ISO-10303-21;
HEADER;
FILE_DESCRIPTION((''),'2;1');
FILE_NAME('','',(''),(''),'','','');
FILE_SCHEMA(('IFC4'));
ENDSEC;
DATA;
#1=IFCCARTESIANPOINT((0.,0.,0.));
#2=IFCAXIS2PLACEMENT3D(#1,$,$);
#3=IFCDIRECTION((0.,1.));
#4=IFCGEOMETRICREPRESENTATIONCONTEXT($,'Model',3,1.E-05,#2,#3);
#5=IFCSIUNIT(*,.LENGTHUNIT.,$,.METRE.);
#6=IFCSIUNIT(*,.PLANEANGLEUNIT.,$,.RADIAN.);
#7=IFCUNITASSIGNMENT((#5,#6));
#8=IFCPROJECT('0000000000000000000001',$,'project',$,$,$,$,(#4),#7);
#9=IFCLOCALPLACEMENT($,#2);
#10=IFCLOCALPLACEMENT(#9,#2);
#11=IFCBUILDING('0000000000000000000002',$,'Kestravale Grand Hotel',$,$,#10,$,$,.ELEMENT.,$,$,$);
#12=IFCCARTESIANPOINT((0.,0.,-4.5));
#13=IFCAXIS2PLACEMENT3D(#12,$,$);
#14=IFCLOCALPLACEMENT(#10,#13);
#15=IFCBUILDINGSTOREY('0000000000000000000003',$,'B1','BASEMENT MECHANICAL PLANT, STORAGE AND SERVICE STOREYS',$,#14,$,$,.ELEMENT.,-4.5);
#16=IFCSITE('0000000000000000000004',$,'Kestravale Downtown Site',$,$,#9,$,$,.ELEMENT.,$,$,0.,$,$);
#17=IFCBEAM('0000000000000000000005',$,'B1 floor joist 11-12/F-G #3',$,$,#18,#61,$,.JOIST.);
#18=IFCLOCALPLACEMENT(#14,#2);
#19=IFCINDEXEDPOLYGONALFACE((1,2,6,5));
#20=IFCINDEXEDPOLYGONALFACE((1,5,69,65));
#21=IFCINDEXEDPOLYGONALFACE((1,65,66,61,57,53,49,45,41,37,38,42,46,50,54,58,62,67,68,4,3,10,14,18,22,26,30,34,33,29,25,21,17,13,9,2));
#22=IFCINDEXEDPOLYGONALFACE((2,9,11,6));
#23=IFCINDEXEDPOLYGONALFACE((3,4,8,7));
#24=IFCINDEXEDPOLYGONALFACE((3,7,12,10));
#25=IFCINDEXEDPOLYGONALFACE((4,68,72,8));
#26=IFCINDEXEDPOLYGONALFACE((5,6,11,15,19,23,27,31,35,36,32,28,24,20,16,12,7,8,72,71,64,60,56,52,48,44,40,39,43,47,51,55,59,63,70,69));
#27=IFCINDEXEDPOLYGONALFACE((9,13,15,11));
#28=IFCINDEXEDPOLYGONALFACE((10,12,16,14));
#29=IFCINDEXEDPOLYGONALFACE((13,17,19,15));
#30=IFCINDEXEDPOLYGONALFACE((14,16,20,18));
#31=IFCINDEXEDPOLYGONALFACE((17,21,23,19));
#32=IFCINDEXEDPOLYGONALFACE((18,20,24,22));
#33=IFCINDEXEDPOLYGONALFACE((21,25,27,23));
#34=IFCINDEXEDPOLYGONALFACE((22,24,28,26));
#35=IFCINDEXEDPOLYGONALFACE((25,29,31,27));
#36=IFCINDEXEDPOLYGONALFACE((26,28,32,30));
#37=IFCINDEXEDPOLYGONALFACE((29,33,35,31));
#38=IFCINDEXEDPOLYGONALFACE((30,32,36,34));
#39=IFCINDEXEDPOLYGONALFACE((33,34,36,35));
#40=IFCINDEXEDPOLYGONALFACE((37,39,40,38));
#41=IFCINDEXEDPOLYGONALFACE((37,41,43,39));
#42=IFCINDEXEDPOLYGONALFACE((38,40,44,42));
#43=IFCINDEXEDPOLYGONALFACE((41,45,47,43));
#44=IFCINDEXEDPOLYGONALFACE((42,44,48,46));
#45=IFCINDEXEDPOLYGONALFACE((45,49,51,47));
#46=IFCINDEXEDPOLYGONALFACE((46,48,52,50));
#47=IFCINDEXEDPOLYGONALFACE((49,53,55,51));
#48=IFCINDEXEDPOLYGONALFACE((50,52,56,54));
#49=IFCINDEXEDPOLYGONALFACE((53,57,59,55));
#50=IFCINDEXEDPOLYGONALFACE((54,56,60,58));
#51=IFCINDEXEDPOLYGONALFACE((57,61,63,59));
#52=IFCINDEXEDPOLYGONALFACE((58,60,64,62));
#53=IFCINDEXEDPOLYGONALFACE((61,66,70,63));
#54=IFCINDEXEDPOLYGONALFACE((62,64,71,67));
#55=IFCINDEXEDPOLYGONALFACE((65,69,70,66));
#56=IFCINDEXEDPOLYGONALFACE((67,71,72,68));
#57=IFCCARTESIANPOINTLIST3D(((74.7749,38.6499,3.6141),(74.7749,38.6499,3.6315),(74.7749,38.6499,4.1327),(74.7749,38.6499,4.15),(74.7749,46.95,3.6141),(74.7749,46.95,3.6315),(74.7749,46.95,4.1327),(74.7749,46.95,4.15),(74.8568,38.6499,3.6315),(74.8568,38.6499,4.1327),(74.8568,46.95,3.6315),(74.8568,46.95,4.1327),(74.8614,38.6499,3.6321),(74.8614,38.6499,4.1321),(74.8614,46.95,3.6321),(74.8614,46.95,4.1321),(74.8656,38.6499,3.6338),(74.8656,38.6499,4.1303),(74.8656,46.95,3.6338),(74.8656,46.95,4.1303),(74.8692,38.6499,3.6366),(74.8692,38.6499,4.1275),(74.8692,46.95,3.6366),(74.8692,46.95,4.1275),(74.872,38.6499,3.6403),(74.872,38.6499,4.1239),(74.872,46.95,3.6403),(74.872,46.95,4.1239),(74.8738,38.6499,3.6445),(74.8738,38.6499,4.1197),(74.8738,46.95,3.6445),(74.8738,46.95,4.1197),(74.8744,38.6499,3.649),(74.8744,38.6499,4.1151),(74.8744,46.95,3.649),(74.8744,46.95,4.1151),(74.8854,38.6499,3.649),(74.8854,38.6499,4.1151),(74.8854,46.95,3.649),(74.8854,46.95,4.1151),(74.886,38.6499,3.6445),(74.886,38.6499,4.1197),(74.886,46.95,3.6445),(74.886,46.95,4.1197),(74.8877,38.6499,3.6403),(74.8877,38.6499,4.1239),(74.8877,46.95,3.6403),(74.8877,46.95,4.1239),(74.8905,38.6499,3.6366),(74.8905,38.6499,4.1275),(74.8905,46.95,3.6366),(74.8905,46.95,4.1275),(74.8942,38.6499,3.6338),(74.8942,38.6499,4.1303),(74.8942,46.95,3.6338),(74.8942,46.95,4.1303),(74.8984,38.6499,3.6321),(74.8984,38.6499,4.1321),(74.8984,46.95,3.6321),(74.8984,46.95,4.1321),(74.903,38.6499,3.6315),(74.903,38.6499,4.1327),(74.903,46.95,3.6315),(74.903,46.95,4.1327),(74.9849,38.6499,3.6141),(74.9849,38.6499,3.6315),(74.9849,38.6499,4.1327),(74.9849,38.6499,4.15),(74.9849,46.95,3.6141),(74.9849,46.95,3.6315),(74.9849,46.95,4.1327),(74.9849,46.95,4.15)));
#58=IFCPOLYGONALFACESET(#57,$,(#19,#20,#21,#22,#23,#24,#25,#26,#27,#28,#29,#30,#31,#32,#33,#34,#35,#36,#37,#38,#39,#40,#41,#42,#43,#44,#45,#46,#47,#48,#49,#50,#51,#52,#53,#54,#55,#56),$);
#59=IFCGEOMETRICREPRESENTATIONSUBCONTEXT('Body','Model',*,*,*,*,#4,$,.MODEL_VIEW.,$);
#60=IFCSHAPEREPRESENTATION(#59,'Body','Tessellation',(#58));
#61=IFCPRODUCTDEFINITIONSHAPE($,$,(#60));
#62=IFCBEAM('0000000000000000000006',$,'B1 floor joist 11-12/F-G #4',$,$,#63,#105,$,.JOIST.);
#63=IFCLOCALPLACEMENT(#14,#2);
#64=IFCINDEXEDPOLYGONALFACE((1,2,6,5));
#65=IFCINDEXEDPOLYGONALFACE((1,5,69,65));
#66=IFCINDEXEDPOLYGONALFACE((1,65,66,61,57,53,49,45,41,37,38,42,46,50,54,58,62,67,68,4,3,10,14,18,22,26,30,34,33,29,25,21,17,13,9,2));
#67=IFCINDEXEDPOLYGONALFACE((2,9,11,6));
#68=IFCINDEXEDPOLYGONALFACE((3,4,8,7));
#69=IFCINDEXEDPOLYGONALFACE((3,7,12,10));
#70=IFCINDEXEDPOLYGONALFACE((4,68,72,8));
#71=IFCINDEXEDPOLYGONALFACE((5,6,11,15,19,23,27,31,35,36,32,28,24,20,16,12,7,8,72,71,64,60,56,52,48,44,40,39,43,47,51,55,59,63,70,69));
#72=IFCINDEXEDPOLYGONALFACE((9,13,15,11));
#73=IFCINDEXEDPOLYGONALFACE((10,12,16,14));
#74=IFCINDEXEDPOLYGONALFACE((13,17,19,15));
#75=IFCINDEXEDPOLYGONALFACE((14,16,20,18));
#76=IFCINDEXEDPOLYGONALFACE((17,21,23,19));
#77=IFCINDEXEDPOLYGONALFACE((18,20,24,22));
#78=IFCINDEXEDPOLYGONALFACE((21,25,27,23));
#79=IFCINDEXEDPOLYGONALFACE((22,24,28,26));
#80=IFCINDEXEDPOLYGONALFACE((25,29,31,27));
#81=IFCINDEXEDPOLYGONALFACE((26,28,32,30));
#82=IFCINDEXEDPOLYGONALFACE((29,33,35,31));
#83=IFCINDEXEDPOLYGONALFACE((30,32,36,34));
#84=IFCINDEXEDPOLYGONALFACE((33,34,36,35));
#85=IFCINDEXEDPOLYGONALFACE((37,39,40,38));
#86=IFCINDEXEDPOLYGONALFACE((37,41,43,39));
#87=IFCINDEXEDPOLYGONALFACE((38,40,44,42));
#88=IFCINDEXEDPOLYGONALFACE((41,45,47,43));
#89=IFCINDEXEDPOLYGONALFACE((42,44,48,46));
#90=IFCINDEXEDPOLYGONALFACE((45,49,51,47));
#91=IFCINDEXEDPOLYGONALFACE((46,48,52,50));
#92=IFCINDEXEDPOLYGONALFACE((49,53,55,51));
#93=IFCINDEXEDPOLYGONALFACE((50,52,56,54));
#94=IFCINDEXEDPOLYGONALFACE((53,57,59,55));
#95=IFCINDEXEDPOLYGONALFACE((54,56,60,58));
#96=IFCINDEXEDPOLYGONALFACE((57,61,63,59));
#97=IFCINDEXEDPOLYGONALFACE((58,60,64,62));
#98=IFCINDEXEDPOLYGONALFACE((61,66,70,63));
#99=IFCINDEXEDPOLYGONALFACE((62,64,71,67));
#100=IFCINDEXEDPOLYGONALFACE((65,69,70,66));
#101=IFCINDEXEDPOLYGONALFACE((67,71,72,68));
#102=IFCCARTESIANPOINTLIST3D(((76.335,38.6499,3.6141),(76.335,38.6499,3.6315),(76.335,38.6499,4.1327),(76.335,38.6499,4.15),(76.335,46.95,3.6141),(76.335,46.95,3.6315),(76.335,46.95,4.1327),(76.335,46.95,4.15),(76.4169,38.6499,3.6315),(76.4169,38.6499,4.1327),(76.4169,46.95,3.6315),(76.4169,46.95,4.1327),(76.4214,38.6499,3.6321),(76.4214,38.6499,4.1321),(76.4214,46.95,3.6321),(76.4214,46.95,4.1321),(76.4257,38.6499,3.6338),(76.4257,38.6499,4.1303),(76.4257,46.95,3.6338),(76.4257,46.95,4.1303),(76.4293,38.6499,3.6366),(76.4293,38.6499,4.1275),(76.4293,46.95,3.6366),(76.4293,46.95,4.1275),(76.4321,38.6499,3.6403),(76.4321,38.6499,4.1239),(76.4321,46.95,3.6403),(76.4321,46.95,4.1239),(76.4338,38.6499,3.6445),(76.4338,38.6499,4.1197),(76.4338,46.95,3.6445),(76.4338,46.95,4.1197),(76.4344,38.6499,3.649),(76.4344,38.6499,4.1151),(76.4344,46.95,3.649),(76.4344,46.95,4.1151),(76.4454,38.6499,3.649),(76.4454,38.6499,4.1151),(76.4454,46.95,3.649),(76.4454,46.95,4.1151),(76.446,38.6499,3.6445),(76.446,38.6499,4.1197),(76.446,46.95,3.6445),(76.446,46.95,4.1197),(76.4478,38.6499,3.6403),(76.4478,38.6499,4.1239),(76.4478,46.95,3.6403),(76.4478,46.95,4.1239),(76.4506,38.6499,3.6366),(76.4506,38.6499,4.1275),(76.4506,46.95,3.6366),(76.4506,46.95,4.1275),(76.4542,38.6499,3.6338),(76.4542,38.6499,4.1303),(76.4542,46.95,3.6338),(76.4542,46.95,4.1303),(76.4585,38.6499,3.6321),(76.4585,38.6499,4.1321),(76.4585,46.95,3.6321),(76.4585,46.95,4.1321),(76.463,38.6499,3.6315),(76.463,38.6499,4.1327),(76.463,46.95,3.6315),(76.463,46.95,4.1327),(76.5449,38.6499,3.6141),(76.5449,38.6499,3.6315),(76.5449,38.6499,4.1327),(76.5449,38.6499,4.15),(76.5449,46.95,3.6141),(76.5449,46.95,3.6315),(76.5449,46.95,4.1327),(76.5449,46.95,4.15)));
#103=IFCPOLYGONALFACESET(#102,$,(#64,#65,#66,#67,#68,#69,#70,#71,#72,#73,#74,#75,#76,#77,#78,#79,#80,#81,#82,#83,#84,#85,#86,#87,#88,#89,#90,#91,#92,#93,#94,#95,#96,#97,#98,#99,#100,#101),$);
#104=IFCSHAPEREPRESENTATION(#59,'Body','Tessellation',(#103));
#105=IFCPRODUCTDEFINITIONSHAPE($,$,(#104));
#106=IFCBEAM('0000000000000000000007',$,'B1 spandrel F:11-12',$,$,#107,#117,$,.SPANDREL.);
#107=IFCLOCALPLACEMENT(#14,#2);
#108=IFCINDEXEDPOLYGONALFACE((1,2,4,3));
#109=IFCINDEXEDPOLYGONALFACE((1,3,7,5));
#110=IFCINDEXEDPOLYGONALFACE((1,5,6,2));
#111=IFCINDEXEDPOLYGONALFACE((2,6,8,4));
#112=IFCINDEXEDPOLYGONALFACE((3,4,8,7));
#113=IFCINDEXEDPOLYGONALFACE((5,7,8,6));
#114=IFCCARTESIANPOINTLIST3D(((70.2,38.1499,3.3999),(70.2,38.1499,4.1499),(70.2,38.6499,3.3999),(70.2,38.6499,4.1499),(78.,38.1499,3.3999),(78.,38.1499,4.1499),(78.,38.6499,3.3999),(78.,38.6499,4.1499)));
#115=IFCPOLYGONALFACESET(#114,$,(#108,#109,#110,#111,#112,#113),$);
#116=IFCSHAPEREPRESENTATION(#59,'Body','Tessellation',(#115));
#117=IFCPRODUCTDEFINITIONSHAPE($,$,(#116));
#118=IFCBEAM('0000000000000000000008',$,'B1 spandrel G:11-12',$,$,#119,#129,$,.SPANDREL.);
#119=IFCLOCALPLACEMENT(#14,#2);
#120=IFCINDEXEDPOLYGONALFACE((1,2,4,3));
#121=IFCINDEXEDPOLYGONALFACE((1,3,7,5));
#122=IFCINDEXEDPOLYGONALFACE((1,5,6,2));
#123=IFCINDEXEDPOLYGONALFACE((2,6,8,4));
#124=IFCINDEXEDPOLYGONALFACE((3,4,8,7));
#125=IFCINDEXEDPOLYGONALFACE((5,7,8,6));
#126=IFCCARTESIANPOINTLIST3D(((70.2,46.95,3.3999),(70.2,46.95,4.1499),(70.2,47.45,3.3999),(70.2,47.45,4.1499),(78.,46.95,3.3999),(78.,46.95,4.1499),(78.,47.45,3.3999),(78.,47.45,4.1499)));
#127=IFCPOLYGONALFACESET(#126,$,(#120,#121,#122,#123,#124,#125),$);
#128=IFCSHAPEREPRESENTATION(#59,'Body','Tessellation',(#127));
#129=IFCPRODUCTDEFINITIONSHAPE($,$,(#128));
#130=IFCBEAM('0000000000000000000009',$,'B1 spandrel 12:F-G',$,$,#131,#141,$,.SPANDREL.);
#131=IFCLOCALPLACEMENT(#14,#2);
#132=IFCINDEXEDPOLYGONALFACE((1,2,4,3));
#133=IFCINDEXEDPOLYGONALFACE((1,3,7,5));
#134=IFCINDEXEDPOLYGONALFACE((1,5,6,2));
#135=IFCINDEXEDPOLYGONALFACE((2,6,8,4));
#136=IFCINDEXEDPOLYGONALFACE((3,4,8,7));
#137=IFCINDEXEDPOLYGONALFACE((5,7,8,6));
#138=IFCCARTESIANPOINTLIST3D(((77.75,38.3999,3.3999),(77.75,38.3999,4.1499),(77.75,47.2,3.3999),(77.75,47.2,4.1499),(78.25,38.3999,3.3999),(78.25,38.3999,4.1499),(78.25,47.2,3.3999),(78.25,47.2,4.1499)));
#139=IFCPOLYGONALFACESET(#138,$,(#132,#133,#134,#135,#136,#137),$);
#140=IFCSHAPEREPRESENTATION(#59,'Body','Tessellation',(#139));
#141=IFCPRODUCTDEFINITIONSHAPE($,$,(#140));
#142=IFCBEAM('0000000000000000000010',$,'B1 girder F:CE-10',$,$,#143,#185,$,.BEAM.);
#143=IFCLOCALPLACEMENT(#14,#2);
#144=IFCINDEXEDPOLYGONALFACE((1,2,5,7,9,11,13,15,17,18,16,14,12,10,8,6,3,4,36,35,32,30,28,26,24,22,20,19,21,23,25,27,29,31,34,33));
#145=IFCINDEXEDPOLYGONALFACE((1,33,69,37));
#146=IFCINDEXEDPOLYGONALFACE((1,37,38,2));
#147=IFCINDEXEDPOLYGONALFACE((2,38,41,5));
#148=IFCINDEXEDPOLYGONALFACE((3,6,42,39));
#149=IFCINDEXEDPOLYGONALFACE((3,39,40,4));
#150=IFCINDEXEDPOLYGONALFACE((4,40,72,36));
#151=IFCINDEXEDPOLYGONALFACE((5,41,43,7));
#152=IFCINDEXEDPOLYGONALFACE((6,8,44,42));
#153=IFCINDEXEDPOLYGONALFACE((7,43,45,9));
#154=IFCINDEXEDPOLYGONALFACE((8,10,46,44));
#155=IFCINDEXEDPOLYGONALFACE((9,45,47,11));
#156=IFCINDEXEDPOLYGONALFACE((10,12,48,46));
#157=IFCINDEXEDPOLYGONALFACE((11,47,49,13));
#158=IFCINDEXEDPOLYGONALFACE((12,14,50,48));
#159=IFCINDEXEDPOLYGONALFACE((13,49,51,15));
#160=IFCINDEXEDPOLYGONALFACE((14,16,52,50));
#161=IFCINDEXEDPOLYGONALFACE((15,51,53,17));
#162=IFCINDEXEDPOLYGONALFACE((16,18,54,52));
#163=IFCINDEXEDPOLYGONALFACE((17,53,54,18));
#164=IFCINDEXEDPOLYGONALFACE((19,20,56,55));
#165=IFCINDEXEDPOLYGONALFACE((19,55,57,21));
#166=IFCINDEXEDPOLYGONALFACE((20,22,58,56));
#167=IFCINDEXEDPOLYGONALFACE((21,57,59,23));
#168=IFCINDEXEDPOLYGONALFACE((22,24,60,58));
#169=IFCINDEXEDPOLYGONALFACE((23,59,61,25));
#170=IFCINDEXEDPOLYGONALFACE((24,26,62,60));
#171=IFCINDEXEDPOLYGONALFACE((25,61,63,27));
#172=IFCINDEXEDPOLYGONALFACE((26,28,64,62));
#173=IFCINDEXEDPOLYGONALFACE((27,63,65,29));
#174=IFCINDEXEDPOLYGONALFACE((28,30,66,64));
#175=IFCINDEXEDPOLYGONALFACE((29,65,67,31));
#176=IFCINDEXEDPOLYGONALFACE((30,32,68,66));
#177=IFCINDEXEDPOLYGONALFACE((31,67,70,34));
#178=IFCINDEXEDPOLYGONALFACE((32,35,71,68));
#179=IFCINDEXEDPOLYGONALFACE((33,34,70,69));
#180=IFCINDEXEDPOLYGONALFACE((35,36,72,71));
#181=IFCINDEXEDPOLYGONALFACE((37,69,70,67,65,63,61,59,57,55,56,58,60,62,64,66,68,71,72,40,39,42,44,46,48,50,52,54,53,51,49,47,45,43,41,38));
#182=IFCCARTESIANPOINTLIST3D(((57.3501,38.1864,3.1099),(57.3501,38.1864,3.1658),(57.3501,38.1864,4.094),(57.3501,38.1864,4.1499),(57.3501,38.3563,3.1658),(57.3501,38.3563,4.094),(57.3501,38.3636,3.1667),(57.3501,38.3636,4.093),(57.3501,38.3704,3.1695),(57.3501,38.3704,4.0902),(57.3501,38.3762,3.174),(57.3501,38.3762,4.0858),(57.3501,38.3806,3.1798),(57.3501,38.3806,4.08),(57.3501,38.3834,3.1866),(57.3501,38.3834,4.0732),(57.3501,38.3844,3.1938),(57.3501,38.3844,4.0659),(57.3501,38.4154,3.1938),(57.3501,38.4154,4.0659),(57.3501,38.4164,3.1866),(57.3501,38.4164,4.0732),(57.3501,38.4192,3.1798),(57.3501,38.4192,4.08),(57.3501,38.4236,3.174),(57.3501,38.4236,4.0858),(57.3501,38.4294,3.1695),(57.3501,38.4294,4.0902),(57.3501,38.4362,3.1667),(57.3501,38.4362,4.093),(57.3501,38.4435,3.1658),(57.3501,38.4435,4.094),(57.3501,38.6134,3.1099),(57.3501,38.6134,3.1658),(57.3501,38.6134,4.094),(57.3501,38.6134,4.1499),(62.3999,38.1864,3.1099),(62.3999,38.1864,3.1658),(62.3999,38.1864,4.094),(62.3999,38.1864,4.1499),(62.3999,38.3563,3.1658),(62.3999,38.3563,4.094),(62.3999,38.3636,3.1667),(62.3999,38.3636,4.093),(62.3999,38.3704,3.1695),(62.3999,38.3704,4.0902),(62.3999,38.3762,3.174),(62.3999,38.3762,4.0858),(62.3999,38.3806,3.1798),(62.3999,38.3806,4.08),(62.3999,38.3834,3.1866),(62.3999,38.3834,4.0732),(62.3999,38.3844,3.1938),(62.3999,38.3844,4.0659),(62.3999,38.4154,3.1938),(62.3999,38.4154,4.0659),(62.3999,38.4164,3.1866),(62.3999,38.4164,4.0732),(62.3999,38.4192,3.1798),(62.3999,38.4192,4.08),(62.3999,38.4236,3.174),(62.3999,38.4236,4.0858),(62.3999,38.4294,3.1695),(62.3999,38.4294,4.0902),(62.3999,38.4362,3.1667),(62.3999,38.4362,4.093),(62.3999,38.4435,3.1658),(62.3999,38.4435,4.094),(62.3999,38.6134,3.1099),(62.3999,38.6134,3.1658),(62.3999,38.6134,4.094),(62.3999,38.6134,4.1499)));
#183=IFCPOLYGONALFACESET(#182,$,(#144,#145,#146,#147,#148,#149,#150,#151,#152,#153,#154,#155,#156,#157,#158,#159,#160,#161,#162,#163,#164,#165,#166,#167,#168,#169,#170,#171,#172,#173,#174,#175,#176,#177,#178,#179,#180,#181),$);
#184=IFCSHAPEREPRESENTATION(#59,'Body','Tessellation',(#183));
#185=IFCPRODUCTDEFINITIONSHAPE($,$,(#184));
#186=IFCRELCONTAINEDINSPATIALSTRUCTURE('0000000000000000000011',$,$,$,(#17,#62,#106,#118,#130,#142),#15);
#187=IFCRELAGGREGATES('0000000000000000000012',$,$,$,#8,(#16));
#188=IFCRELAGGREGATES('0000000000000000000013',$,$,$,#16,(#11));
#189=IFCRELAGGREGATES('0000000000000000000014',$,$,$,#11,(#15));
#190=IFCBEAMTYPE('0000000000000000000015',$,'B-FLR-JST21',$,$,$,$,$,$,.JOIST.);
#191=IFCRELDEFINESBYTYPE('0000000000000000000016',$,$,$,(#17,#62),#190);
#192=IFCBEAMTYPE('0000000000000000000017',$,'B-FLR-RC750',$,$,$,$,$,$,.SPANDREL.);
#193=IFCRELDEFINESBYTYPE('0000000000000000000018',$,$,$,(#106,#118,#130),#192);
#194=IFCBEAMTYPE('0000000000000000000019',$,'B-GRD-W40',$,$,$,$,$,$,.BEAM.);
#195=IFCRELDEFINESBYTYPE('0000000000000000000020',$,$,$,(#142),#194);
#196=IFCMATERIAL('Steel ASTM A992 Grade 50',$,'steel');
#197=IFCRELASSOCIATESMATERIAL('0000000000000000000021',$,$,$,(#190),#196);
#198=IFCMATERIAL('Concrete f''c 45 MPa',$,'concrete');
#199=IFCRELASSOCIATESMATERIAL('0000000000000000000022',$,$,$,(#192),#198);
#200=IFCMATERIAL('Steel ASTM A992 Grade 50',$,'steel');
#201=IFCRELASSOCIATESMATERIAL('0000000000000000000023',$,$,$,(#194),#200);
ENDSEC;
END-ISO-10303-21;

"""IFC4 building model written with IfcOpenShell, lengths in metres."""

from ifc_helpers import new_model, si_unit, direction, frame, origin, origin_2d, place, context, subcontext, project, spatial, rectangle, i_section, extrude, material, material_profile, profile_set, type_object, element, save


model = new_model("IFC4")

# Units and contexts
model_context = context("Model", 3, precision=1e-05, world=origin(), true_north=direction((0.0, 1.0)))
body_context = subcontext(model_context, "Body", "Model", "MODEL_VIEW")
ifc_project = project(units=[si_unit("LENGTHUNIT", "METRE"), si_unit("PLANEANGLEUNIT", "RADIAN")], contexts=[model_context])

# Site, building, storey
site_placement = place(None, origin())
site = spatial("IfcSite", under=ifc_project, at=site_placement, Name="Kestravale Downtown Site", CompositionType="ELEMENT", RefElevation=0.0)
building_placement = place(site_placement, origin())
building = spatial("IfcBuilding", under=site, at=building_placement, Name="Kestravale Grand Hotel", CompositionType="ELEMENT")
storey_placement = place(building_placement, frame((0.0, 0.0, -4.5)))
storey = spatial("IfcBuildingStorey", under=building, at=storey_placement, Name="B1", Description="BASEMENT MECHANICAL PLANT, STORAGE AND SERVICE STOREYS", CompositionType="ELEMENT", Elevation=-4.5)

# Beams
ifc_material_1 = material(Name="Steel ASTM A992 Grade 50", Category="steel")
ifc_material_profile_1 = material_profile(ifc_material_1, i_section(OverallWidth=0.21, OverallDepth=0.5359, WebThickness=0.011, FlangeThickness=0.0173, FilletRadius=0.0176, at=origin_2d()))
ifc_profile_set_1 = profile_set([ifc_material_profile_1], Name="Steel ASTM A992 Grade 50")
beam_type_1 = type_object("IfcBeamType", Name="B-FLR-JST21", PredefinedType="JOIST", material=ifc_profile_set_1)
for number, where, z_axis, x_axis, name in (
    (1, (74.8799, 38.6499, 3.8821), (0.0, 1.0, 0.0), (-1.0, 0.0, 0.0), "B1 floor joist 11-12/F-G #3"),
    (2, (76.4399, 38.6499, 3.8821), (0.0, 1.0, 0.0), (-1.0, 0.0, 0.0), "B1 floor joist 11-12/F-G #4"),
):
    element("IfcBeam", number, at=place(storey_placement, frame(where, z_axis=z_axis, x_axis=x_axis)), inside=storey, type_object=beam_type_1, Name=name, PredefinedType="JOIST", context=body_context, shape_type="SweptSolid", body=[
        extrude(i_section(OverallWidth=0.21, OverallDepth=0.5359, WebThickness=0.011, FlangeThickness=0.0173, FilletRadius=0.0176, at=origin_2d()), origin(), (0.0, 0.0, 1.0), 8.3),
    ])
ifc_material_2 = material(Name="Concrete f'c 45 MPa", Category="concrete")
ifc_material_profile_2 = material_profile(ifc_material_2, rectangle(XDim=0.5, YDim=0.75, at=origin_2d()))
ifc_profile_set_2 = profile_set([ifc_material_profile_2], Name="Concrete f'c 45 MPa")
beam_type_2 = type_object("IfcBeamType", Name="B-FLR-RC750", PredefinedType="SPANDREL", material=ifc_profile_set_2)
for number, where, z_axis, x_axis, name in (
    (3, (70.2, 38.3999, 3.7749), (1.0, 0.0, 0.0), (0.0, 1.0, 0.0), "B1 spandrel F:11-12"),
    (4, (70.2, 47.2, 3.7749), (1.0, 0.0, 0.0), (0.0, 1.0, 0.0), "B1 spandrel G:11-12"),
):
    element("IfcBeam", number, at=place(storey_placement, frame(where, z_axis=z_axis, x_axis=x_axis)), inside=storey, type_object=beam_type_2, Name=name, PredefinedType="SPANDREL", context=body_context, shape_type="SweptSolid", body=[
        extrude(rectangle(XDim=0.5, YDim=0.75, at=origin_2d()), origin(), (0.0, 0.0, 1.0), 7.8),
    ])
beam_1_placement = place(storey_placement, frame((78.0, 38.3999, 3.7749), z_axis=(0.0, 1.0, 0.0), x_axis=(-1.0, 0.0, 0.0)))
element("IfcBeam", 5, at=beam_1_placement, inside=storey, type_object=beam_type_2, Name="B1 spandrel 12:F-G", PredefinedType="SPANDREL", context=body_context, shape_type="SweptSolid", body=[
    extrude(rectangle(XDim=0.5, YDim=0.75, at=origin_2d()), origin(), (0.0, 0.0, 1.0), 8.8),
])
ifc_material_3 = material(Name="Steel ASTM A992 Grade 50", Category="steel")
ifc_material_profile_3 = material_profile(ifc_material_3, i_section(OverallWidth=0.427, OverallDepth=1.04, WebThickness=0.031, FlangeThickness=0.0559, FilletRadius=0.0281, at=origin_2d()))
ifc_profile_set_3 = profile_set([ifc_material_profile_3], Name="Steel ASTM A992 Grade 50")
beam_type_3 = type_object("IfcBeamType", Name="B-GRD-W40", PredefinedType="BEAM", material=ifc_profile_set_3)
beam_2_placement = place(storey_placement, frame((57.3501, 38.3999, 3.6299), z_axis=(1.0, 0.0, 0.0), x_axis=(0.0, 1.0, 0.0)))
element("IfcBeam", 6, at=beam_2_placement, inside=storey, type_object=beam_type_3, Name="B1 girder F:CE-10", PredefinedType="BEAM", context=body_context, shape_type="SweptSolid", body=[
    extrude(i_section(OverallWidth=0.427, OverallDepth=1.04, WebThickness=0.031, FlangeThickness=0.0559, FilletRadius=0.0281, at=origin_2d()), origin(), (0.0, 0.0, 1.0), 5.0498),
])

save(model, "model.ifc")
